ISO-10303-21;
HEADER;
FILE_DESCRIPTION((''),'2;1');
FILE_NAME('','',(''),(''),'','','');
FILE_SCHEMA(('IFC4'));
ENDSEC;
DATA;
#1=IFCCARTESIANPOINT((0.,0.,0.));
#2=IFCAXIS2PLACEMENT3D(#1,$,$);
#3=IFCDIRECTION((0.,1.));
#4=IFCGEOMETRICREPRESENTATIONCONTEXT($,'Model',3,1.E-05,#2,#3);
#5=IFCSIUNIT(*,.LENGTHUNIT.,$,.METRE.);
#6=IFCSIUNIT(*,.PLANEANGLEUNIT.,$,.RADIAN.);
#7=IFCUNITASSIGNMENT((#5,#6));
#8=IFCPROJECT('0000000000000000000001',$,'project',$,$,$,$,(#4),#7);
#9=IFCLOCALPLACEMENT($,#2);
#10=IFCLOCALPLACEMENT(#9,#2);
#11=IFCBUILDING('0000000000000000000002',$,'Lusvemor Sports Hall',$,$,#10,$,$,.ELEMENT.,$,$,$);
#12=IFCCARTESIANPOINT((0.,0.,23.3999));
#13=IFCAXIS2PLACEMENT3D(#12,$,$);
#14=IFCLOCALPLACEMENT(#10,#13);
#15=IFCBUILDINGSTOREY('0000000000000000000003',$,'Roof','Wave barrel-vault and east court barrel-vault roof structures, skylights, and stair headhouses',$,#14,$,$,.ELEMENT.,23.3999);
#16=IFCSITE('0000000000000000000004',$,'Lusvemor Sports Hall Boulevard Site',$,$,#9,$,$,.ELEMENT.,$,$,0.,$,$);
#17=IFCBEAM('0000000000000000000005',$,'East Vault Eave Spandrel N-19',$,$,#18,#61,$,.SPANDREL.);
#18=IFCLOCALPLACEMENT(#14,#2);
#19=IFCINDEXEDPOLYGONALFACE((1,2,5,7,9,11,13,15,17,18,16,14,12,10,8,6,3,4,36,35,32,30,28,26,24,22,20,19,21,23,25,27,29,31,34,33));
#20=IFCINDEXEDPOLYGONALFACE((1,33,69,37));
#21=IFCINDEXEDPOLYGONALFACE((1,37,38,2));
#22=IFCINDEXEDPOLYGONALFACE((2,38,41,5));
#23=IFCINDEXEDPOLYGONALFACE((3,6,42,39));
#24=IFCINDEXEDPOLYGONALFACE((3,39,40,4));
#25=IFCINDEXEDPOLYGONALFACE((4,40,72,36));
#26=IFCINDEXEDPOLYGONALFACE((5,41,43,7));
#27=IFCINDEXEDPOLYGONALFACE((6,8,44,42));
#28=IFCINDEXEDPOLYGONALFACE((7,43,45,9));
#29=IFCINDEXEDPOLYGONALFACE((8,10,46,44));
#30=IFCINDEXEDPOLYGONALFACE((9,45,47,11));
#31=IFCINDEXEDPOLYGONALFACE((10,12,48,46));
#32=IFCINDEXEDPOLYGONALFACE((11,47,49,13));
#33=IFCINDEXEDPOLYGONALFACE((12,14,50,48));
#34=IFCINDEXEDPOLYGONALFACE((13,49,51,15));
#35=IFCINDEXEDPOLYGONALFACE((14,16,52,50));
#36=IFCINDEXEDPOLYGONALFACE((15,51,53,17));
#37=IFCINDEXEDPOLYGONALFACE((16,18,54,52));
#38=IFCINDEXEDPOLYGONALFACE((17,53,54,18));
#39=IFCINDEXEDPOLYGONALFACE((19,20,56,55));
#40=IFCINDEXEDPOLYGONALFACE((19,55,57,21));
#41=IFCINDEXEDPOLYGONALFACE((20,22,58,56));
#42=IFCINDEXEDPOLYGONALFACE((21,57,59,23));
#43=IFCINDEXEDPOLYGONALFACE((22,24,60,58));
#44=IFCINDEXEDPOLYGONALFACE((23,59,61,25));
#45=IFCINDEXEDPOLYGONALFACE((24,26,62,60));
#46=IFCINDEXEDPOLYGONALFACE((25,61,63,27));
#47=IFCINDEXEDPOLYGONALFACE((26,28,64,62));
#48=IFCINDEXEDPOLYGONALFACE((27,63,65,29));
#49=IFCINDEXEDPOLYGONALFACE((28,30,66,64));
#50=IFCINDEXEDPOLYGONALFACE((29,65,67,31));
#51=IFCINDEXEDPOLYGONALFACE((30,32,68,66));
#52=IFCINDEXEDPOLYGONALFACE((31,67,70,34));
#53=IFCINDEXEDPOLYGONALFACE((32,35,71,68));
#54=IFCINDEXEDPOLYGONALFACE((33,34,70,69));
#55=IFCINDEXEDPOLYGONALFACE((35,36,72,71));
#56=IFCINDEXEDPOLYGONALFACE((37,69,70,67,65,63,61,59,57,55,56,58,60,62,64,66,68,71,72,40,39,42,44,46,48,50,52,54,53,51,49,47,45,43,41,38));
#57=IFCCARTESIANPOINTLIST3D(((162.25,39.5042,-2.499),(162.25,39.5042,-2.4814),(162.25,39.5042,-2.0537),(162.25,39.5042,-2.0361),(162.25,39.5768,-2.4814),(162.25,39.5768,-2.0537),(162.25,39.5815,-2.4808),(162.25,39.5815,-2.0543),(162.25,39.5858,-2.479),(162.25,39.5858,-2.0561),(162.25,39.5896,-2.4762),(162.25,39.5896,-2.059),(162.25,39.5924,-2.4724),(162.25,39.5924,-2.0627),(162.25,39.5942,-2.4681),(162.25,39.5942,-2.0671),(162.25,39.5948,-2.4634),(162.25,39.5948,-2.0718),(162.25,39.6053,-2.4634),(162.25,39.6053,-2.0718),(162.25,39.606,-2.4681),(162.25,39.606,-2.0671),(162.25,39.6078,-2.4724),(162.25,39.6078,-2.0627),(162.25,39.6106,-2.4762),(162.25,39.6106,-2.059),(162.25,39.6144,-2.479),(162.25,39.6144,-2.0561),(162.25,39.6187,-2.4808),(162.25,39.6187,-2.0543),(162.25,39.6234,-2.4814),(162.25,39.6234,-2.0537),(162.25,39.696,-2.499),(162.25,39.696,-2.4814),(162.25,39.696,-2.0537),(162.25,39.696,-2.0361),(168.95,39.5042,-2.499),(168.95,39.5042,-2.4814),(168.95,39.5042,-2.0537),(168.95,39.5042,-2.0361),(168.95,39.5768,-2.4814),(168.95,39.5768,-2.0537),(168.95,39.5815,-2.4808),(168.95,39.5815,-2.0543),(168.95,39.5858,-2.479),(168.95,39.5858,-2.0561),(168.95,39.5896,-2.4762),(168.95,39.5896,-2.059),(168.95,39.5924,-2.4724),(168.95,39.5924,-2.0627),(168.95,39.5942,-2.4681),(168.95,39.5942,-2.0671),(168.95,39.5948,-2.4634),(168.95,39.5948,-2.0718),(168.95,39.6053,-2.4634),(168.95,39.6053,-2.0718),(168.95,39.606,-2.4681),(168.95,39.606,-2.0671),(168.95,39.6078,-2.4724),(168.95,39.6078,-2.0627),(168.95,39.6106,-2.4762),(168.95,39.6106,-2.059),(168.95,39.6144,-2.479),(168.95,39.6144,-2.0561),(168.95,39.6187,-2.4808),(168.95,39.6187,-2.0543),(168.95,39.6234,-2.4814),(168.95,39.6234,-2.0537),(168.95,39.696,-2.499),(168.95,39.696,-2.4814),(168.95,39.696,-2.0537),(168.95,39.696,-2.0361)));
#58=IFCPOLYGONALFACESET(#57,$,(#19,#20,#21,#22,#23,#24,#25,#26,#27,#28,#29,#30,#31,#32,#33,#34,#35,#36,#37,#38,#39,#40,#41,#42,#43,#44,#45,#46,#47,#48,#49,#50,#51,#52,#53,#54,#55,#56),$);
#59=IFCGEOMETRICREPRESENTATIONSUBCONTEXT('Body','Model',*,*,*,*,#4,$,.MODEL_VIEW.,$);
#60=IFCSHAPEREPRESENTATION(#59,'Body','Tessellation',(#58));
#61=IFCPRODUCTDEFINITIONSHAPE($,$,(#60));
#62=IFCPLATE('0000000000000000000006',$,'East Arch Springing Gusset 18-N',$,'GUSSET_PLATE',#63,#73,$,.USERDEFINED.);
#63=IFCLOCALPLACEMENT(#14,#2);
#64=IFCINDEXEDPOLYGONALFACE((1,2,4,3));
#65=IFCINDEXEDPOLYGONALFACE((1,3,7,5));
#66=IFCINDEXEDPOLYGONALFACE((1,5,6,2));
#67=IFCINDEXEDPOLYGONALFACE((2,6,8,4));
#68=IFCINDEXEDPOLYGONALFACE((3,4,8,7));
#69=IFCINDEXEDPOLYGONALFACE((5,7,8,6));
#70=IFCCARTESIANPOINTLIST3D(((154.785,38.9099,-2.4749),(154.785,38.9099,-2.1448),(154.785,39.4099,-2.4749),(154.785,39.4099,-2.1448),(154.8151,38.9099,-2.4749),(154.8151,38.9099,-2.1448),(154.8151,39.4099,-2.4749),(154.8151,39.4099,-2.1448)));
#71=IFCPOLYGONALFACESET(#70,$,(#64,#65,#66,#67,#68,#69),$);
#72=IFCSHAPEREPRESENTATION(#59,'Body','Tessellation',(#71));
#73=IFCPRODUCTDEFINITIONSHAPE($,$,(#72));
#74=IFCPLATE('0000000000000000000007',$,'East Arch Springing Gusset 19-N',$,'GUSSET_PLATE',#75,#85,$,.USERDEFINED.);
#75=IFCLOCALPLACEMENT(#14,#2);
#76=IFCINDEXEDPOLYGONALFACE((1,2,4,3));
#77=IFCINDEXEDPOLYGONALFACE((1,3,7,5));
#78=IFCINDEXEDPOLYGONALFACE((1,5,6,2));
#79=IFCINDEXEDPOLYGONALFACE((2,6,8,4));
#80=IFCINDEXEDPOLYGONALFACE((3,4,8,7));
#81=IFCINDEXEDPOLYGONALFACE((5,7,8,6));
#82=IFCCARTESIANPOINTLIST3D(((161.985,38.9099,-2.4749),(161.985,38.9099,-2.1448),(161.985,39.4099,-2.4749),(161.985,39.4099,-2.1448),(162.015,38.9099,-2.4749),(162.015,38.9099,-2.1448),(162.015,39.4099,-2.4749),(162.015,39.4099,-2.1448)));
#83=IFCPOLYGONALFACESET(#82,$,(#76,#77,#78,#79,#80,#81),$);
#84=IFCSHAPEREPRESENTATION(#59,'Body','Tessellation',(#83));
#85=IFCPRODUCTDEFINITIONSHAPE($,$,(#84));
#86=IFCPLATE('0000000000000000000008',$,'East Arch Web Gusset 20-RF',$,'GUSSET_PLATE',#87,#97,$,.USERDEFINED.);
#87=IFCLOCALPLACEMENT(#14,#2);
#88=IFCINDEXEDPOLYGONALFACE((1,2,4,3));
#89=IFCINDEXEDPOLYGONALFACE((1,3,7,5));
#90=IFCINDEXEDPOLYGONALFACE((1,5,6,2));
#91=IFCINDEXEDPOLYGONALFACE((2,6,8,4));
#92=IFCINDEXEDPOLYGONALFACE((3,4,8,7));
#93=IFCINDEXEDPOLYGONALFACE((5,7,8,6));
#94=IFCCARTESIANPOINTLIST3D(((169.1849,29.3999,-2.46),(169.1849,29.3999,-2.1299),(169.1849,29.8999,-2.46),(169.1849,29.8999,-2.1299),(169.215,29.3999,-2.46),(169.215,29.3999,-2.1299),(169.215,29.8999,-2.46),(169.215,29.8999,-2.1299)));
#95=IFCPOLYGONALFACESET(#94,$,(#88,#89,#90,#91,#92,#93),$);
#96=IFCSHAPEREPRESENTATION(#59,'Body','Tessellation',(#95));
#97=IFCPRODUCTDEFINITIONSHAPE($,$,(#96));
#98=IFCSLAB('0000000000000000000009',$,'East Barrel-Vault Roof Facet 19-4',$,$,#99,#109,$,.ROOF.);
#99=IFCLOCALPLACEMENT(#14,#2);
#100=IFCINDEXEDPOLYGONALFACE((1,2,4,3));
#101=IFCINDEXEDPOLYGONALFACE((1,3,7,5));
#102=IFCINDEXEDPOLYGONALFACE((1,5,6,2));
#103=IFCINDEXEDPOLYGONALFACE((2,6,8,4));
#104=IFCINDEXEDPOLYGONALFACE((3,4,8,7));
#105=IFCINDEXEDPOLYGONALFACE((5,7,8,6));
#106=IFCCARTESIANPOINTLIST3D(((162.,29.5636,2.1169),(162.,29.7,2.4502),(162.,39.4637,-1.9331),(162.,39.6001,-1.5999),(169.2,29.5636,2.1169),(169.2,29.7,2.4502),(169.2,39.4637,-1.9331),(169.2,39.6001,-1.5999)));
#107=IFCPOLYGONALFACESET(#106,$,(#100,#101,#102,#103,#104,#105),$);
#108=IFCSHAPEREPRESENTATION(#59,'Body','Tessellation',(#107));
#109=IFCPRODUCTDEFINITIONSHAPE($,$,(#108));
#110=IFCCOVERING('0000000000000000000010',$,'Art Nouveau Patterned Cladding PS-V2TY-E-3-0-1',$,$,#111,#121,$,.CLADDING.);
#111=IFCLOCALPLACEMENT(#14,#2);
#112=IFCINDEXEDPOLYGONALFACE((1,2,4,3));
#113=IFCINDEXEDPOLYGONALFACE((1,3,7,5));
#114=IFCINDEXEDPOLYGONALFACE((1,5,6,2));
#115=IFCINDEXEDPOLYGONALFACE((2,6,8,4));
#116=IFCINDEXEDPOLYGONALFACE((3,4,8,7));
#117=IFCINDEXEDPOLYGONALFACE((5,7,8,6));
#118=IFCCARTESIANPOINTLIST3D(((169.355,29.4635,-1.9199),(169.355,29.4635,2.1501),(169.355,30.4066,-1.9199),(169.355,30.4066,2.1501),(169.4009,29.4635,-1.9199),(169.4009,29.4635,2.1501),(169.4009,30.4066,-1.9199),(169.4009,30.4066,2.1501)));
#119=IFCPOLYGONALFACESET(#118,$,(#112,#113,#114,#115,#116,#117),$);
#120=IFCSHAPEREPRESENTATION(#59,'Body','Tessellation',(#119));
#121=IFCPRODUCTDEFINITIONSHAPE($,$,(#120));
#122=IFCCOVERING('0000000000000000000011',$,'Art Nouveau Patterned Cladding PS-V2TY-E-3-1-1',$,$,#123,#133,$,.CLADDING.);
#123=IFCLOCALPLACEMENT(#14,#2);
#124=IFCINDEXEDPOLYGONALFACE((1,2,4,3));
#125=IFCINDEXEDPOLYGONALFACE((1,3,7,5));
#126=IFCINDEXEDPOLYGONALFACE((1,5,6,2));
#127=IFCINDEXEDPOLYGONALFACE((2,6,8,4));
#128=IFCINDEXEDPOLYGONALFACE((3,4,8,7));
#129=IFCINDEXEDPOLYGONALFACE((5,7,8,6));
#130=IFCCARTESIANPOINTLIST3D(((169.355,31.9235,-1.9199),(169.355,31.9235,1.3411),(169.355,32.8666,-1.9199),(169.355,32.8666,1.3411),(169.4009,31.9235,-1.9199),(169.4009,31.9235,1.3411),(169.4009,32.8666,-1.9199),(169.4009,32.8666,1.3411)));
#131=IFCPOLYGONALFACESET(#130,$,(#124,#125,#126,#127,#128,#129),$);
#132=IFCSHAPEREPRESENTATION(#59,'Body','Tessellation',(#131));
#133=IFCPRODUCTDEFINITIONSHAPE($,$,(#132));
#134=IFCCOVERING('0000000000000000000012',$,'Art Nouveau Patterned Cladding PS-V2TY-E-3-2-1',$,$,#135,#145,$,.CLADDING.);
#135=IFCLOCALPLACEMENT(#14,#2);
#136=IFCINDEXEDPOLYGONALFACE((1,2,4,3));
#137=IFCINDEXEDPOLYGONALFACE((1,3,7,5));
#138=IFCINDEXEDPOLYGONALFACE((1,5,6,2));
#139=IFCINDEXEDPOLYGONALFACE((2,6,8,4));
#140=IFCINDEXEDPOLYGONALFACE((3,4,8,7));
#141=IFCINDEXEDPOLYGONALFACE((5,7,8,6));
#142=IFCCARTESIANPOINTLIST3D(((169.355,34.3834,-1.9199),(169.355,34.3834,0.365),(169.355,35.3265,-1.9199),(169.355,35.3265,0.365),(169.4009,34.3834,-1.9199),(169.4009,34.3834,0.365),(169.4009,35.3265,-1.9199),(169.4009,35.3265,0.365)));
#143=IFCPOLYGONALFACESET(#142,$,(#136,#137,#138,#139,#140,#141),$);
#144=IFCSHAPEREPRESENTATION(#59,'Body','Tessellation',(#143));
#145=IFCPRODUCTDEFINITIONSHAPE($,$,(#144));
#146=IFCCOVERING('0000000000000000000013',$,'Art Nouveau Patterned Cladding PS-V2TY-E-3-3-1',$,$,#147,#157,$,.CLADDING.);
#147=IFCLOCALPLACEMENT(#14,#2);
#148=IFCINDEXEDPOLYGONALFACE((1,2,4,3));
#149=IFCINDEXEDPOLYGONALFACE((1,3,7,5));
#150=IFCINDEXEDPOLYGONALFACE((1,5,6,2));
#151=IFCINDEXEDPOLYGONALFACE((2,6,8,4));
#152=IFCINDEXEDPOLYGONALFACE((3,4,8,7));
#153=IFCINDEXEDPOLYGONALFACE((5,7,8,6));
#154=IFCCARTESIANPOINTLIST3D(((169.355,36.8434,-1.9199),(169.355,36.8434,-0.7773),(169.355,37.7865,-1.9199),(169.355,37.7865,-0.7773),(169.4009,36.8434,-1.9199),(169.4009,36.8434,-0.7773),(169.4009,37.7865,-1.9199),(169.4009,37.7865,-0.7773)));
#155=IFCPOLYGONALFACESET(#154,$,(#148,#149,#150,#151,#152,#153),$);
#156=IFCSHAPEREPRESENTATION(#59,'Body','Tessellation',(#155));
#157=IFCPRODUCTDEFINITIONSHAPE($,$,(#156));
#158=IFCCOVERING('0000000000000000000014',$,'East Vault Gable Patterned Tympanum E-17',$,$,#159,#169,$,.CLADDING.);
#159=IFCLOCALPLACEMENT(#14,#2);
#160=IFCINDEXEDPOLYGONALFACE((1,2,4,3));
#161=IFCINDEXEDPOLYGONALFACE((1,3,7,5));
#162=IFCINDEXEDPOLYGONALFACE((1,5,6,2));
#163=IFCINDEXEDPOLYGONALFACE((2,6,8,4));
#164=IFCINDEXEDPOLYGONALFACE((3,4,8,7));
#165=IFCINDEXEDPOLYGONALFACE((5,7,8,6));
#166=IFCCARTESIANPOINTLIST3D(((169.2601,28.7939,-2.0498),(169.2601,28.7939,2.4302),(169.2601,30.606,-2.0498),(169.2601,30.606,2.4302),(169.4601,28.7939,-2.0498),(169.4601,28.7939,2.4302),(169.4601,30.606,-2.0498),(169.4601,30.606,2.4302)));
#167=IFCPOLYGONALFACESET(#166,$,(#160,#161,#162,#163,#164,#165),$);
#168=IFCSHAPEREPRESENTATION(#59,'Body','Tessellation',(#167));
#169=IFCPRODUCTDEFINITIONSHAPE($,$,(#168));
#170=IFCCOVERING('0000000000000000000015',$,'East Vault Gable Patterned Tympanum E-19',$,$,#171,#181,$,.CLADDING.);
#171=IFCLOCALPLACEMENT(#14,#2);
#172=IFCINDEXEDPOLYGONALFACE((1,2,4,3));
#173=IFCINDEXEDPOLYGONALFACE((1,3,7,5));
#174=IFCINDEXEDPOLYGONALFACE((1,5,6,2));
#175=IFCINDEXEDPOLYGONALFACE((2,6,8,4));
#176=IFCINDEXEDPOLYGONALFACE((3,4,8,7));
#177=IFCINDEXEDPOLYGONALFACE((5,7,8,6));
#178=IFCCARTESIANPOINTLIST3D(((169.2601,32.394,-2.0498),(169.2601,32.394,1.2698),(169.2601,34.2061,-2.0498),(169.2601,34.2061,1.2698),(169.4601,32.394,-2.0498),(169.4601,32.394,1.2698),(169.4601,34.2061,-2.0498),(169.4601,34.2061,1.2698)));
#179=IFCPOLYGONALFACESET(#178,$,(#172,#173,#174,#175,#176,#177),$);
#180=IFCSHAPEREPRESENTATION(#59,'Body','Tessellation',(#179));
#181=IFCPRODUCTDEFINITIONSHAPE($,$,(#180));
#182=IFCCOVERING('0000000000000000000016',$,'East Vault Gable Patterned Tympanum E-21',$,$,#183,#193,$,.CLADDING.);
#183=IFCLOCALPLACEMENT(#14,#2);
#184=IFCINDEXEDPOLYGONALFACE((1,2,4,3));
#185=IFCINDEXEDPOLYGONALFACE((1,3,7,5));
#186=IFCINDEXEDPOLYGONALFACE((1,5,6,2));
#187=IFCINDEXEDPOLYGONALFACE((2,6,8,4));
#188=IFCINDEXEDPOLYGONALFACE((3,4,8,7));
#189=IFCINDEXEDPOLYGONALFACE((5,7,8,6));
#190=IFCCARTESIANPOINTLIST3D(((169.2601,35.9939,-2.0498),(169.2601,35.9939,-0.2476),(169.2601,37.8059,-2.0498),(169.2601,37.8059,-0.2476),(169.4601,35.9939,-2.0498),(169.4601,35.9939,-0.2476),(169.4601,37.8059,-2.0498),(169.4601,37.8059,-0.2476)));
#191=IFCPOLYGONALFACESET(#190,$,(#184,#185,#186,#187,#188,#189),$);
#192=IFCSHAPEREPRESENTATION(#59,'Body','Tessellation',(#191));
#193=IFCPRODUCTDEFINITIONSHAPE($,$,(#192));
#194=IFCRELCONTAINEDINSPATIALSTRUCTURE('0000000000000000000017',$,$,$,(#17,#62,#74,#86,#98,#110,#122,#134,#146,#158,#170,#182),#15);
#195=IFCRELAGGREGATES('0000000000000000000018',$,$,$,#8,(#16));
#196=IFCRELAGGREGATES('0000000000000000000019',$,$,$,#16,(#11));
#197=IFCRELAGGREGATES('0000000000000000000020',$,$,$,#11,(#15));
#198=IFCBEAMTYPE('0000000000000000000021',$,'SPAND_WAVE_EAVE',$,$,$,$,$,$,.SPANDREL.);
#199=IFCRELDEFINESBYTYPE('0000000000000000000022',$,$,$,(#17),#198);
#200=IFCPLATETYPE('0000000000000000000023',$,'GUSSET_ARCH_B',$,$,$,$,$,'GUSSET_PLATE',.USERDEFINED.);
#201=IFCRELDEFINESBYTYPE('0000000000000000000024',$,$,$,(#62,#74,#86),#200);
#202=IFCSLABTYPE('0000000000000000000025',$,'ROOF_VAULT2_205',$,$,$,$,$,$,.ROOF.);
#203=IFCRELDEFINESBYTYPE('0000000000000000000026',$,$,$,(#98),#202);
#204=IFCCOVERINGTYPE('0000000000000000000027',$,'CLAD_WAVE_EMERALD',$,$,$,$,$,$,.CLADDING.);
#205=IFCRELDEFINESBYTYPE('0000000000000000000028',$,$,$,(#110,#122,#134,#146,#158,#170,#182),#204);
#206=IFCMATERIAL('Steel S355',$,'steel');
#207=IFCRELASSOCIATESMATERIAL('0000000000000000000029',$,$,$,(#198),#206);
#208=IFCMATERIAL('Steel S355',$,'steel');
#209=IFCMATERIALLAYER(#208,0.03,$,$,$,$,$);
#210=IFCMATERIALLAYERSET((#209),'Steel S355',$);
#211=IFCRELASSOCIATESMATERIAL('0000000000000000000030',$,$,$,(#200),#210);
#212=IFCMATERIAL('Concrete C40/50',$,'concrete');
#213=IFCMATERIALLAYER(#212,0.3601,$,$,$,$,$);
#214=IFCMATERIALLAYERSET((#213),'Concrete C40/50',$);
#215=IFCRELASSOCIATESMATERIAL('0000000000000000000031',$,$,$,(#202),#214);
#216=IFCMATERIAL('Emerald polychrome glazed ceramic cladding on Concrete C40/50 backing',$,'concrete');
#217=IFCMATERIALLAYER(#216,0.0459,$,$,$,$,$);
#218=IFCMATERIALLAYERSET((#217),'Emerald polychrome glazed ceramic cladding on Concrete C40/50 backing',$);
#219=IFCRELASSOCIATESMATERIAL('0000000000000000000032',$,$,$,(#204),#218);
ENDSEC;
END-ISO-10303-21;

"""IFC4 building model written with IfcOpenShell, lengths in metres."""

from ifc_helpers import new_model, si_unit, direction, frame, origin, origin_2d, place, context, subcontext, project, spatial, polyline, rectangle, i_section, outline, extrude, material, layer, layer_set, material_profile, profile_set, type_object, element, save


model = new_model("IFC4")

# Units and contexts
model_context = context("Model", 3, precision=1e-05, world=origin(), true_north=direction((0.0, 1.0)))
body_context = subcontext(model_context, "Body", "Model", "MODEL_VIEW")
ifc_project = project(units=[si_unit("LENGTHUNIT", "METRE"), si_unit("PLANEANGLEUNIT", "RADIAN")], contexts=[model_context])

# Site, building, storey
site_placement = place(None, origin())
site = spatial("IfcSite", under=ifc_project, at=site_placement, Name="Lusvemor Sports Hall Boulevard Site", CompositionType="ELEMENT", RefElevation=0.0)
building_placement = place(site_placement, origin())
building = spatial("IfcBuilding", under=site, at=building_placement, Name="Lusvemor Sports Hall", CompositionType="ELEMENT")
storey_placement = place(building_placement, frame((0.0, 0.0, 23.3999)))
storey = spatial("IfcBuildingStorey", under=building, at=storey_placement, Name="Roof", Description="Wave barrel-vault and east court barrel-vault roof structures, skylights, and stair headhouses", CompositionType="ELEMENT", Elevation=23.3999)

# Beam
ifc_material_1 = material(Name="Steel S355", Category="steel")
ifc_material_profile_1 = material_profile(ifc_material_1, i_section(OverallWidth=0.1919, OverallDepth=0.4629, WebThickness=0.0105, FlangeThickness=0.0176, FilletRadius=0.0181, at=origin_2d()), Name="W460x89.0")
ifc_profile_set_1 = profile_set([ifc_material_profile_1], Name="Steel S355")
beam_type_1 = type_object("IfcBeamType", Name="SPAND_WAVE_EAVE", PredefinedType="SPANDREL", material=ifc_profile_set_1)
for number, where, z_axis, x_axis, name in (
    (1, (162.25, 39.6001, -2.2676), (1.0, 0.0, 0.0), (0.0, 1.0, 0.0), "East Vault Eave Spandrel N-19"),
):
    element("IfcBeam", number, at=place(storey_placement, frame(where, z_axis=z_axis, x_axis=x_axis)), inside=storey, type_object=beam_type_1, Name=name, PredefinedType="SPANDREL", context=body_context, shape_type="SweptSolid", body=[
        extrude(i_section(OverallWidth=0.1919, OverallDepth=0.4629, WebThickness=0.0105, FlangeThickness=0.0176, FilletRadius=0.0181, at=origin_2d()), origin(), (0.0, 0.0, 1.0), 6.7),
    ])

# Plates
ifc_material_2 = material(Name="Steel S355", Category="steel")
ifc_layer_1 = layer(ifc_material_2, 0.03)
ifc_layer_set_1 = layer_set([ifc_layer_1], Name="Steel S355")
plate_type = type_object("IfcPlateType", Name="GUSSET_ARCH_B", ElementType="GUSSET_PLATE", PredefinedType="USERDEFINED", material=ifc_layer_set_1)
for number, where, z_axis, x_axis, name in (
    (2, (154.8, 39.1599, -2.4749), (0.0, 0.0, 1.0), (1.0, 0.0, 0.0), "East Arch Springing Gusset 18-N"),
    (3, (162.0, 39.1599, -2.4749), (0.0, 0.0, 1.0), (1.0, 0.0, 0.0), "East Arch Springing Gusset 19-N"),
    (4, (169.2, 29.6499, -2.46), (0.0, 0.0, 1.0), (1.0, 0.0, 0.0), "East Arch Web Gusset 20-RF"),
):
    element("IfcPlate", number, at=place(storey_placement, frame(where, z_axis=z_axis, x_axis=x_axis)), inside=storey, type_object=plate_type, Name=name, ObjectType="GUSSET_PLATE", PredefinedType="USERDEFINED", context=body_context, shape_type="SweptSolid", body=[
        extrude(rectangle(XDim=0.03, YDim=0.5, at=origin_2d()), origin(), (0.0, 0.0, 1.0), 0.3301),
    ])

# Slab
ifc_material_3 = material(Name="Concrete C40/50", Category="concrete")
ifc_layer_2 = layer(ifc_material_3, 0.3601)
ifc_layer_set_2 = layer_set([ifc_layer_2], Name="Concrete C40/50")
slab_type = type_object("IfcSlabType", Name="ROOF_VAULT2_205", PredefinedType="ROOF", material=ifc_layer_set_2)
slab_placement = place(storey_placement, frame((162.0, 29.7, 2.4502), z_axis=(0.0, 0.378632, 0.925547), x_axis=(1.0, 0.0, 0.0)))
element("IfcSlab", 5, at=slab_placement, inside=storey, type_object=slab_type, Name="East Barrel-Vault Roof Facet 19-4", PredefinedType="ROOF", context=body_context, shape_type="SweptSolid", body=[
    extrude(outline(polyline([(0.0, 0.0), (7.2, 0.0), (7.2, 10.6965), (0.0, 10.6965), (0.0, 0.0)])), origin(), (0.0, 0.0, -1.0), 0.3601),
])

# Coverings
ifc_material_4 = material(Name="Emerald polychrome glazed ceramic cladding on Concrete C40/50 backing", Category="concrete")
ifc_layer_3 = layer(ifc_material_4, 0.0459)
ifc_layer_set_3 = layer_set([ifc_layer_3], Name="Emerald polychrome glazed ceramic cladding on Concrete C40/50 backing")
covering_type_1 = type_object("IfcCoveringType", Name="CLAD_WAVE_EMERALD", PredefinedType="CLADDING", material=ifc_layer_set_3)
covering_1_placement = place(storey_placement, frame((169.3779, 29.9351, -1.9199), z_axis=(0.0, 0.0, 1.0), x_axis=(1.0, 0.0, 0.0)))
element("IfcCovering", 6, at=covering_1_placement, inside=storey, type_object=covering_type_1, Name="Art Nouveau Patterned Cladding PS-V2TY-E-3-0-1", PredefinedType="CLADDING", context=body_context, shape_type="SweptSolid", body=[
    extrude(rectangle(XDim=0.0459, YDim=0.9431, at=origin_2d()), origin(), (0.0, 0.0, 1.0), 4.0701),
])
covering_2_placement = place(storey_placement, frame((169.3779, 32.395, -1.9199), z_axis=(0.0, 0.0, 1.0), x_axis=(1.0, 0.0, 0.0)))
element("IfcCovering", 7, at=covering_2_placement, inside=storey, type_object=covering_type_1, Name="Art Nouveau Patterned Cladding PS-V2TY-E-3-1-1", PredefinedType="CLADDING", context=body_context, shape_type="SweptSolid", body=[
    extrude(rectangle(XDim=0.0459, YDim=0.9431, at=origin_2d()), origin(), (0.0, 0.0, 1.0), 3.261),
])
covering_3_placement = place(storey_placement, frame((169.3779, 34.855, -1.9199), z_axis=(0.0, 0.0, 1.0), x_axis=(1.0, 0.0, 0.0)))
element("IfcCovering", 8, at=covering_3_placement, inside=storey, type_object=covering_type_1, Name="Art Nouveau Patterned Cladding PS-V2TY-E-3-2-1", PredefinedType="CLADDING", context=body_context, shape_type="SweptSolid", body=[
    extrude(rectangle(XDim=0.0459, YDim=0.9431, at=origin_2d()), origin(), (0.0, 0.0, 1.0), 2.2849),
])
covering_4_placement = place(storey_placement, frame((169.3779, 37.3149, -1.9199), z_axis=(0.0, 0.0, 1.0), x_axis=(1.0, 0.0, 0.0)))
element("IfcCovering", 9, at=covering_4_placement, inside=storey, type_object=covering_type_1, Name="Art Nouveau Patterned Cladding PS-V2TY-E-3-3-1", PredefinedType="CLADDING", context=body_context, shape_type="SweptSolid", body=[
    extrude(rectangle(XDim=0.0459, YDim=0.9431, at=origin_2d()), origin(), (0.0, 0.0, 1.0), 1.1426),
])
covering_5_placement = place(storey_placement, frame((169.3601, 29.7, -2.0498), z_axis=(0.0, 0.0, 1.0), x_axis=(1.0, 0.0, 0.0)))
element("IfcCovering", 10, at=covering_5_placement, inside=storey, type_object=covering_type_1, Name="East Vault Gable Patterned Tympanum E-17", PredefinedType="CLADDING", context=body_context, shape_type="SweptSolid", body=[
    extrude(rectangle(XDim=0.2, YDim=1.812, at=origin_2d()), origin(), (0.0, 0.0, 1.0), 4.48),
])
covering_6_placement = place(storey_placement, frame((169.3601, 33.3, -2.0498), z_axis=(0.0, 0.0, 1.0), x_axis=(1.0, 0.0, 0.0)))
element("IfcCovering", 11, at=covering_6_placement, inside=storey, type_object=covering_type_1, Name="East Vault Gable Patterned Tympanum E-19", PredefinedType="CLADDING", context=body_context, shape_type="SweptSolid", body=[
    extrude(rectangle(XDim=0.2, YDim=1.812, at=origin_2d()), origin(), (0.0, 0.0, 1.0), 3.3196),
])
covering_7_placement = place(storey_placement, frame((169.3601, 36.8999, -2.0498), z_axis=(0.0, 0.0, 1.0), x_axis=(1.0, 0.0, 0.0)))
element("IfcCovering", 12, at=covering_7_placement, inside=storey, type_object=covering_type_1, Name="East Vault Gable Patterned Tympanum E-21", PredefinedType="CLADDING", context=body_context, shape_type="SweptSolid", body=[
    extrude(rectangle(XDim=0.2, YDim=1.812, at=origin_2d()), origin(), (0.0, 0.0, 1.0), 1.8022),
])

save(model, "model.ifc")
